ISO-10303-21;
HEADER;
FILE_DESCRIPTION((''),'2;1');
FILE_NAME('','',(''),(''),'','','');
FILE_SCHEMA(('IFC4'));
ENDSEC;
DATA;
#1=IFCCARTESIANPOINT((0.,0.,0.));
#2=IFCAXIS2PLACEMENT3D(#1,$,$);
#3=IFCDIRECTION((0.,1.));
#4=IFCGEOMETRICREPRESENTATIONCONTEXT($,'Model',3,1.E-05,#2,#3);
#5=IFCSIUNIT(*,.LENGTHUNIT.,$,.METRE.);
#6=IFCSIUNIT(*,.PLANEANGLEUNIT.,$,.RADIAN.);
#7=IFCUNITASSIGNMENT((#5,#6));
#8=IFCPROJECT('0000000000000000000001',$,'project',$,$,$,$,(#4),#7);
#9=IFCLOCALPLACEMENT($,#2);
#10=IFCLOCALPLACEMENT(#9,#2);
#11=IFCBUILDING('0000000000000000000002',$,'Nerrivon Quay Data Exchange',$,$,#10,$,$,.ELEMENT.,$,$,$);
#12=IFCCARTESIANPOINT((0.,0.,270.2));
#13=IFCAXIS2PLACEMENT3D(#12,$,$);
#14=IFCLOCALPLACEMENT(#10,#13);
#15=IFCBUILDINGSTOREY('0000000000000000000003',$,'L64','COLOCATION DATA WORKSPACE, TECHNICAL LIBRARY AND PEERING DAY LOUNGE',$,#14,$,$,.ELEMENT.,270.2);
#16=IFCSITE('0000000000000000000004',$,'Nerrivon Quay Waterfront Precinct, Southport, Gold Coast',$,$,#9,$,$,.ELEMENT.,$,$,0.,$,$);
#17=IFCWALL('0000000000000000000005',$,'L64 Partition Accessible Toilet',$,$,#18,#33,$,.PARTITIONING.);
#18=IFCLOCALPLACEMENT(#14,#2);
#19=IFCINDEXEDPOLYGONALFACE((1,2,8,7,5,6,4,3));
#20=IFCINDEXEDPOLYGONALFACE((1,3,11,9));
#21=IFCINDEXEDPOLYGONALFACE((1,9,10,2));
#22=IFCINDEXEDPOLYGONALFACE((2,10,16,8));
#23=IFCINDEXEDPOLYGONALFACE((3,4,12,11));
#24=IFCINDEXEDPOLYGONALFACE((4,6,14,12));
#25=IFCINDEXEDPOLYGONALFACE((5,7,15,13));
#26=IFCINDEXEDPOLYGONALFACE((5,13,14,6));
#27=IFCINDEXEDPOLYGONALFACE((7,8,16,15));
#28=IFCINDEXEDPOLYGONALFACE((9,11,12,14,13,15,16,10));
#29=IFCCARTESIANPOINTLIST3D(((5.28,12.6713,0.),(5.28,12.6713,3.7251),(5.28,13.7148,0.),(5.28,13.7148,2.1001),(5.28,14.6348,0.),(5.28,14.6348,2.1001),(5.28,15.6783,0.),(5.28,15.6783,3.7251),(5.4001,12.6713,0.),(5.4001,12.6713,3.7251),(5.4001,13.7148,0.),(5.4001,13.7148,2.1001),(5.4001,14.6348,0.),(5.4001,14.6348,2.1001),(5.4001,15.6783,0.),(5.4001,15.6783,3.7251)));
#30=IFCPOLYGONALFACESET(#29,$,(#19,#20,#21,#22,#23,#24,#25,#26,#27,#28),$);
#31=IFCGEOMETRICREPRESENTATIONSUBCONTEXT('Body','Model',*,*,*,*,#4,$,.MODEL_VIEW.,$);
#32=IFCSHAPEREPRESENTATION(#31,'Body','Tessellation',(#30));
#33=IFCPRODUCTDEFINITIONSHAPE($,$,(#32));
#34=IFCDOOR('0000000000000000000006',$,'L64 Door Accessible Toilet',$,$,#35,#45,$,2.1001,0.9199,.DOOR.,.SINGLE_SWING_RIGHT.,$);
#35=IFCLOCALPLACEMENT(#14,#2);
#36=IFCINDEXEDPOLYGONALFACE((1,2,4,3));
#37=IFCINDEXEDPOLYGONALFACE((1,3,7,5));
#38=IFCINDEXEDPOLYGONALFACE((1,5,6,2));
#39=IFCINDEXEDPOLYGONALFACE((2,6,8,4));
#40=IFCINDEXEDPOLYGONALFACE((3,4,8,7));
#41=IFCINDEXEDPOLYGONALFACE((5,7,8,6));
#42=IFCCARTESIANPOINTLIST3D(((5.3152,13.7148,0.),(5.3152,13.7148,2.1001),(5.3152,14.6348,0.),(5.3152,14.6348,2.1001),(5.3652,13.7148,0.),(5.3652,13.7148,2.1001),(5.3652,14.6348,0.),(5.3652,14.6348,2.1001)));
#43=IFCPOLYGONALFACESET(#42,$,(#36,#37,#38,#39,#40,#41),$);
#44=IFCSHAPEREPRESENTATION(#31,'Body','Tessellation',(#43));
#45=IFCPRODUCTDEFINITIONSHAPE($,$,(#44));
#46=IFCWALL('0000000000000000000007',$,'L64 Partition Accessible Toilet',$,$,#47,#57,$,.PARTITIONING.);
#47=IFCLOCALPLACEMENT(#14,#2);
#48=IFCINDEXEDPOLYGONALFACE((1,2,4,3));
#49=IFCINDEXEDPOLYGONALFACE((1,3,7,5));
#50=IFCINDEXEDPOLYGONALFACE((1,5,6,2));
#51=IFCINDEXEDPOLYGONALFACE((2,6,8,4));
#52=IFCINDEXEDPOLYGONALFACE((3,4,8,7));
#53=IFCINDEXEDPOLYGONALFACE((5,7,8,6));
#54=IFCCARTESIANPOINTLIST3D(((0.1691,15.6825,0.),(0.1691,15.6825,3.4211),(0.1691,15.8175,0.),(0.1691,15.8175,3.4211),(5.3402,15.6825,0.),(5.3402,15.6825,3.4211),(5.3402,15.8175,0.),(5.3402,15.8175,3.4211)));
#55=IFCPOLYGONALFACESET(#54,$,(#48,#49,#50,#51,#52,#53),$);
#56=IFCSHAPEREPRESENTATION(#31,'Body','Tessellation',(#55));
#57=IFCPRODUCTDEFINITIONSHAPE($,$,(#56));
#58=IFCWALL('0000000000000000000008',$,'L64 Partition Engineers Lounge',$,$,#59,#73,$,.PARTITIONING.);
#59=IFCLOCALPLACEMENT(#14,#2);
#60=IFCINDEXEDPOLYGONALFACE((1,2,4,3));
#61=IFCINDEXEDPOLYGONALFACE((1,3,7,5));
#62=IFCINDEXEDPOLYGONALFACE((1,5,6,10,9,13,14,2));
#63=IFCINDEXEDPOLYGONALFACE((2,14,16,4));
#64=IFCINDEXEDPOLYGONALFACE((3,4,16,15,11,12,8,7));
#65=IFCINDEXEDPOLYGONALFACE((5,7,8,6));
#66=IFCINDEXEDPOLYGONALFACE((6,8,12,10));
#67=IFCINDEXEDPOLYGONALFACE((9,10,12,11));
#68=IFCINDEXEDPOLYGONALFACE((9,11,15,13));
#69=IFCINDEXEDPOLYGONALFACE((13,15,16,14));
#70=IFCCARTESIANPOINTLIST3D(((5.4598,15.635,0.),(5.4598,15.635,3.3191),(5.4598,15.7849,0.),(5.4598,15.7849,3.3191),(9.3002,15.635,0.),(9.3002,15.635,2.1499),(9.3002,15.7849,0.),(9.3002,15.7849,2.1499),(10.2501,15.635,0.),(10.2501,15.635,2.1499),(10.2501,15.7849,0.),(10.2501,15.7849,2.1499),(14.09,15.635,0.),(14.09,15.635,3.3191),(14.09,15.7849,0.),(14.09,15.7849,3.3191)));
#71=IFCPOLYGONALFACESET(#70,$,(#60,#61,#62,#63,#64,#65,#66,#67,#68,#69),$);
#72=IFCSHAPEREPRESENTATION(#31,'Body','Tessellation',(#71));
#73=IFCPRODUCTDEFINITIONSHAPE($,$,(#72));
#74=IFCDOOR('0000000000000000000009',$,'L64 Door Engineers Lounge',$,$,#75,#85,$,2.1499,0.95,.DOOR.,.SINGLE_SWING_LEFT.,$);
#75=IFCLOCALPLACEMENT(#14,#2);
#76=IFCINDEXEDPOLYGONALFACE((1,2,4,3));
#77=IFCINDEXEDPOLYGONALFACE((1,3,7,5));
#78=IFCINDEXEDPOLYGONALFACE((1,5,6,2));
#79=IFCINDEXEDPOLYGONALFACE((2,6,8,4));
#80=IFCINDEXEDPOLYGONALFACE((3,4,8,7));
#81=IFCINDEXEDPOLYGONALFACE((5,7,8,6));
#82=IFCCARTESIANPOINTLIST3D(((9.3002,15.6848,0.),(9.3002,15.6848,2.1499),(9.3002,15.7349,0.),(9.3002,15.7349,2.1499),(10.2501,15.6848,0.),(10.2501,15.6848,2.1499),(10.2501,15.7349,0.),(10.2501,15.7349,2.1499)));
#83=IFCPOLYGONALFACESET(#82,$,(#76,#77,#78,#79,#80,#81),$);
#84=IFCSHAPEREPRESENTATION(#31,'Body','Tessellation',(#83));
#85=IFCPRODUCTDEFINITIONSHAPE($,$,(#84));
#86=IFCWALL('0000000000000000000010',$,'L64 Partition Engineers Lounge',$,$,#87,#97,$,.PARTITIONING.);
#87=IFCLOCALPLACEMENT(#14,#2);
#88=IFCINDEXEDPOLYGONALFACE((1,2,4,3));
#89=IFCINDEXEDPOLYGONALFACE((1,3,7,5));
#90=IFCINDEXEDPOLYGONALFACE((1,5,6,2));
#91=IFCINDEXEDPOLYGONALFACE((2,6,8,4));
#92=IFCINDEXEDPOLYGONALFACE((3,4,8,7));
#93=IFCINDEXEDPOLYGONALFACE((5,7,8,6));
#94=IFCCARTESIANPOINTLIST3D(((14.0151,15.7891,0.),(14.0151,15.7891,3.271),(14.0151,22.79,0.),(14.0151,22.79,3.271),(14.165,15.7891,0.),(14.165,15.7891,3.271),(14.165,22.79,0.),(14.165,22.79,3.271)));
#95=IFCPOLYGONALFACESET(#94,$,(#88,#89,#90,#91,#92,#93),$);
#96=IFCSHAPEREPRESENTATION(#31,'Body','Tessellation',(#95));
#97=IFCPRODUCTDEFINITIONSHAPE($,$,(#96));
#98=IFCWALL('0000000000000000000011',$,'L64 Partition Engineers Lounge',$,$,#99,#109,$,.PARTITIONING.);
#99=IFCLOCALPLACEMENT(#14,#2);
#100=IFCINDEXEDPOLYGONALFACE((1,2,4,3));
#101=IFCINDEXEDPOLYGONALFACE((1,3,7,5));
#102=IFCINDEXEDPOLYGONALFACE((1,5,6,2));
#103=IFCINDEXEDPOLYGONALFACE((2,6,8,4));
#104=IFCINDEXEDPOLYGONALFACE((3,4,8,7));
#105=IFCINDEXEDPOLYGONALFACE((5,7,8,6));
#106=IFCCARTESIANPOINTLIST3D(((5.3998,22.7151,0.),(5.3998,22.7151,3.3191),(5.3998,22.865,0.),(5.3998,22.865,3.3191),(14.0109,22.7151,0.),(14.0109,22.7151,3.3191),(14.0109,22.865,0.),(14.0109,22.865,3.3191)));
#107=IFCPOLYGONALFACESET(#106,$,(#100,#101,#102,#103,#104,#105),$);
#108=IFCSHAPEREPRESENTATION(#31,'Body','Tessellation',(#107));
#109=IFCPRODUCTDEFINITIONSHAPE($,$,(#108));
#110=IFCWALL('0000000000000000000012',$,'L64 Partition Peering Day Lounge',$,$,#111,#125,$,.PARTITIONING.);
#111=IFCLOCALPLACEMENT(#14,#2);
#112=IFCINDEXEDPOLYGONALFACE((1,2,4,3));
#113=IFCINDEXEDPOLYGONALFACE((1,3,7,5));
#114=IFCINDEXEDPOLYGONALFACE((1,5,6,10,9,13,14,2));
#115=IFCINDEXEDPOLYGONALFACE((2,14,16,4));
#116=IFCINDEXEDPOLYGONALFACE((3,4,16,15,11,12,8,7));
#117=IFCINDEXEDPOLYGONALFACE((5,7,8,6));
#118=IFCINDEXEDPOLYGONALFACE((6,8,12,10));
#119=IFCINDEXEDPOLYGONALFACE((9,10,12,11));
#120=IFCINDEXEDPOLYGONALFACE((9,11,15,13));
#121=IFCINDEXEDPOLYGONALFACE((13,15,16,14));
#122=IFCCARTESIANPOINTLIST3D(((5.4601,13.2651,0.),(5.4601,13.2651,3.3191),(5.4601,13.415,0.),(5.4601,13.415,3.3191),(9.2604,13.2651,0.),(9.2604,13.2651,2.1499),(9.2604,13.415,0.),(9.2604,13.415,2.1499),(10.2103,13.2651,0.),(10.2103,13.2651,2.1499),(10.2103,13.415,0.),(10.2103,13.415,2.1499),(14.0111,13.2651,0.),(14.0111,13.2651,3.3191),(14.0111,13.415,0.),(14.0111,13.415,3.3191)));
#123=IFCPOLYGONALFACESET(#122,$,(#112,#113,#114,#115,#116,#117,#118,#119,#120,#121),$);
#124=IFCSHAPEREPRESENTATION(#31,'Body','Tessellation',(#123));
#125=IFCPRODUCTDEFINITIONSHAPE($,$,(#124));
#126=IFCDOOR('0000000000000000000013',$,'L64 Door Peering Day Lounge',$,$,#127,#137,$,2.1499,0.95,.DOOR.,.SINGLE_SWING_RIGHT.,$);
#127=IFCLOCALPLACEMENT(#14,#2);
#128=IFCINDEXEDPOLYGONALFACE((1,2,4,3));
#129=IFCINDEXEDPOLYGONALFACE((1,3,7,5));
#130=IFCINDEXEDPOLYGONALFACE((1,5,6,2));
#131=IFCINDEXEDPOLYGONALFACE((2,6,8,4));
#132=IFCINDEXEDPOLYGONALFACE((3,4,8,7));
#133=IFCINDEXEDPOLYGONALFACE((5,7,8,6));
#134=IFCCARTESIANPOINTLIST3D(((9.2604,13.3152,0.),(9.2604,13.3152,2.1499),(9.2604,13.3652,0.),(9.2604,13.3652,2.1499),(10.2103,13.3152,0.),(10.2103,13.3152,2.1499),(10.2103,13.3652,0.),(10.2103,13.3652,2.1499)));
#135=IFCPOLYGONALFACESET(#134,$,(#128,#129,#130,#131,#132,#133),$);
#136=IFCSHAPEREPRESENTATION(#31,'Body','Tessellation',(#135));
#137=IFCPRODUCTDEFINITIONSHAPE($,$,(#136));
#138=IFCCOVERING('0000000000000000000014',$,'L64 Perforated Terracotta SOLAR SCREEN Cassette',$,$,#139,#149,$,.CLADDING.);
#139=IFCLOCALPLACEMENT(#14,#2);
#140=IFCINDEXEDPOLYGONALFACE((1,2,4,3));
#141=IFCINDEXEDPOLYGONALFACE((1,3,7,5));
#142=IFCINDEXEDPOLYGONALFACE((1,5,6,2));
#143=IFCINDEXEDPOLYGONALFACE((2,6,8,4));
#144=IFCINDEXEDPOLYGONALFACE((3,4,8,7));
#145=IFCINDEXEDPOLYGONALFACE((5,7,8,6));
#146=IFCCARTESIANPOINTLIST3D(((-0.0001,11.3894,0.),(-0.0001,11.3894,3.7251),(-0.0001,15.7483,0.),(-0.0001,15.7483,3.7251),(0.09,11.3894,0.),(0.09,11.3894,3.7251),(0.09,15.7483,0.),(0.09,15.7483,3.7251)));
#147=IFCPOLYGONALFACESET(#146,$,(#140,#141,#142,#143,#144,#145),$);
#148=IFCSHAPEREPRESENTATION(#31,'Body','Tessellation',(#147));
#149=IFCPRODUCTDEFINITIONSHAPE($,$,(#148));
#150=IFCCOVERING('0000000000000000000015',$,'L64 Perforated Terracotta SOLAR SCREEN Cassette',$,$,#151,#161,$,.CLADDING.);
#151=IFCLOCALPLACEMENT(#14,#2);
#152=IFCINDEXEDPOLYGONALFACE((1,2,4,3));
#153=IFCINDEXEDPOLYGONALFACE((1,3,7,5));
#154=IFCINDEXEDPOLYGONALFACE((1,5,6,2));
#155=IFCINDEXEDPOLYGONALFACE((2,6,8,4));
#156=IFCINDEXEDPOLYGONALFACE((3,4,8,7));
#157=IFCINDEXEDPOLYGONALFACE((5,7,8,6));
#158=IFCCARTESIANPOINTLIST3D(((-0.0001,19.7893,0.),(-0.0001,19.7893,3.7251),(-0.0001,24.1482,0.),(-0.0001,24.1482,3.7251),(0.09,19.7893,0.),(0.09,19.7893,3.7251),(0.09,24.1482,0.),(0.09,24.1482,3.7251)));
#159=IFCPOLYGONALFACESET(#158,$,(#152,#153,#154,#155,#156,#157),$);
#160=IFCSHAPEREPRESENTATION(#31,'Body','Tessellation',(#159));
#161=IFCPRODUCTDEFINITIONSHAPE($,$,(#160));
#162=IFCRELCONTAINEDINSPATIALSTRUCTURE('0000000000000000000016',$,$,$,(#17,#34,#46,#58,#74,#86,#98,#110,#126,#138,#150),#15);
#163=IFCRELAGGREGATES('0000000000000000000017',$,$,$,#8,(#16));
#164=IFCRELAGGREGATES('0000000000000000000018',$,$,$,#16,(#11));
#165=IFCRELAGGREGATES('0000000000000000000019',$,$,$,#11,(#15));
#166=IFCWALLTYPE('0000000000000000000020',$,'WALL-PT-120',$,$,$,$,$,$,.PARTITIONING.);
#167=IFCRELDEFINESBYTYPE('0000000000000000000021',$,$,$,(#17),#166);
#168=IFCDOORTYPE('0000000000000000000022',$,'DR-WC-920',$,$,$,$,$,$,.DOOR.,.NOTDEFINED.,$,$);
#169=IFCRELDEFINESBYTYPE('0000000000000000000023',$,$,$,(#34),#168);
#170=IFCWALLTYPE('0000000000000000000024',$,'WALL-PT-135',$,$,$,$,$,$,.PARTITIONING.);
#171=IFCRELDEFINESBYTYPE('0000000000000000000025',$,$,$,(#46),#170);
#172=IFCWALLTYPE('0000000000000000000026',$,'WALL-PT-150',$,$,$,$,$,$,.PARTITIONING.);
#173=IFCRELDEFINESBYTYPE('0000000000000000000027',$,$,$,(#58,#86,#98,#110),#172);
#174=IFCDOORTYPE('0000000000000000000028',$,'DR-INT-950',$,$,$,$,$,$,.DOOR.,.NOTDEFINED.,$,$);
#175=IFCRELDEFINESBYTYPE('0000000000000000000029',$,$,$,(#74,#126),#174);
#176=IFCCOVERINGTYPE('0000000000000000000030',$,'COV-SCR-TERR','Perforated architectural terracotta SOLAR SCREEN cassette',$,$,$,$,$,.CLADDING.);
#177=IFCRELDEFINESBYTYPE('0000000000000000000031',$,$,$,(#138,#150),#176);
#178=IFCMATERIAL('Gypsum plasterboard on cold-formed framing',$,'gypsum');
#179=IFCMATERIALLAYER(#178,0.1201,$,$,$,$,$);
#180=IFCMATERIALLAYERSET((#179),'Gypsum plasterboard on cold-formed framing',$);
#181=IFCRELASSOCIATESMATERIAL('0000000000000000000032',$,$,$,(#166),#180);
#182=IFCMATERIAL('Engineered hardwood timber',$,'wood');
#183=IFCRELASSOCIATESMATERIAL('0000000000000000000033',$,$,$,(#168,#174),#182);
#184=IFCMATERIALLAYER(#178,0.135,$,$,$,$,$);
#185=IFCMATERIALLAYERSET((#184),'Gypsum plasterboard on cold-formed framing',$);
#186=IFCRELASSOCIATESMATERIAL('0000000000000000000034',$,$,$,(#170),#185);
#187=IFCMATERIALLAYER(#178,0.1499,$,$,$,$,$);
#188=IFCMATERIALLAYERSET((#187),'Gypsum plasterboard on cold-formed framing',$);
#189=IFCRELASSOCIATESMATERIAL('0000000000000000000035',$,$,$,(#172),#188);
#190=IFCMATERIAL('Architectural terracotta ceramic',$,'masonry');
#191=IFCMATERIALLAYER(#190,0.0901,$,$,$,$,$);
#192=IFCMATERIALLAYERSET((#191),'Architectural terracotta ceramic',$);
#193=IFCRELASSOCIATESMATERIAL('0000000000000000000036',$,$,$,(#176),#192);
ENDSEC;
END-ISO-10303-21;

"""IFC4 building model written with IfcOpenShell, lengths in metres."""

from ifc_helpers import new_model, si_unit, direction, frame, frame_2d, origin, origin_2d, place, context, subcontext, project, spatial, rectangle, extrude, material, layer, layer_set, type_object, element, fill, save


model = new_model("IFC4")

# Units and contexts
model_context = context("Model", 3, precision=1e-05, world=origin(), true_north=direction((0.0, 1.0)))
body_context = subcontext(model_context, "Body", "Model", "MODEL_VIEW")
ifc_project = project(units=[si_unit("LENGTHUNIT", "METRE"), si_unit("PLANEANGLEUNIT", "RADIAN")], contexts=[model_context])

# Site, building, storey
site_placement = place(None, origin())
site = spatial("IfcSite", under=ifc_project, at=site_placement, Name="Nerrivon Quay Waterfront Precinct, Southport, Gold Coast", CompositionType="ELEMENT", RefElevation=0.0)
building_placement = place(site_placement, origin())
building = spatial("IfcBuilding", under=site, at=building_placement, Name="Nerrivon Quay Data Exchange", CompositionType="ELEMENT")
storey_placement = place(building_placement, frame((0.0, 0.0, 270.2)))
storey = spatial("IfcBuildingStorey", under=building, at=storey_placement, Name="L64", Description="COLOCATION DATA WORKSPACE, TECHNICAL LIBRARY AND PEERING DAY LOUNGE", CompositionType="ELEMENT", Elevation=270.2)

# Wall, opening, door
ifc_material_1 = material(Name="Gypsum plasterboard on cold-formed framing", Category="gypsum")
ifc_layer_1 = layer(ifc_material_1, 0.1201)
ifc_layer_set_1 = layer_set([ifc_layer_1], Name="Gypsum plasterboard on cold-formed framing")
wall_type_1 = type_object("IfcWallType", Name="WALL-PT-120", PredefinedType="PARTITIONING", material=ifc_layer_set_1)
wall_1_placement = place(storey_placement, frame((5.3401, 12.6714, 0.0), z_axis=(0.0, 0.0, 1.0), x_axis=(0.0, 1.0, 0.0)))
wall_1 = element("IfcWall", 1, at=wall_1_placement, inside=storey, type_object=wall_type_1, Name="L64 Partition Accessible Toilet", PredefinedType="PARTITIONING", context=body_context, shape_type="SweptSolid", body=[
    extrude(rectangle(XDim=3.0071, YDim=0.1201, at=frame_2d((1.5034, 0.0))), origin(), (0.0, 0.0, 1.0), 3.7251),
])
opening_1_placement = place(wall_1_placement, frame((1.0435, 0.0, 0.0)))
opening_1 = element("IfcOpeningElement", 2, at=opening_1_placement, cuts=wall_1, PredefinedType="OPENING", context=body_context, shape_type="SweptSolid", body=[
    extrude(rectangle(XDim=0.9199, YDim=2.1001, at=frame_2d((0.46, 1.05))), frame((0.0, 0.0701, 0.0), z_axis=(0.0, -1.0, 0.0), x_axis=(1.0, 0.0, 0.0)), (0.0, 0.0, 1.0), 0.1401),
])
ifc_material_2 = material(Name="Engineered hardwood timber", Category="wood")
door_type_1 = type_object("IfcDoorType", Name="DR-WC-920", OperationType="NOTDEFINED", PredefinedType="DOOR", material=ifc_material_2)
door_1_placement = place(opening_1_placement, origin())
door_1 = element("IfcDoor", 3, at=door_1_placement, inside=storey, type_object=door_type_1, Name="L64 Door Accessible Toilet", OperationType="SINGLE_SWING_RIGHT", OverallHeight=2.1001, OverallWidth=0.9199, PredefinedType="DOOR", context=body_context, shape_type="SweptSolid", body=[
    extrude(rectangle(XDim=0.9199, YDim=2.1001, at=frame_2d((0.46, 1.05))), frame((0.0, 0.0249, 0.0), z_axis=(0.0, -1.0, 0.0), x_axis=(1.0, 0.0, 0.0)), (0.0, 0.0, 1.0), 0.05),
])
fill(opening_1, door_1)

# Wall
ifc_layer_2 = layer(ifc_material_1, 0.135)
ifc_layer_set_2 = layer_set([ifc_layer_2], Name="Gypsum plasterboard on cold-formed framing")
wall_type_2 = type_object("IfcWallType", Name="WALL-PT-135", PredefinedType="PARTITIONING", material=ifc_layer_set_2)
wall_2_placement = place(storey_placement, frame((5.3401, 15.75, 0.0), z_axis=(0.0, 0.0, 1.0), x_axis=(-1.0, 0.0, 0.0)))
element("IfcWall", 4, at=wall_2_placement, inside=storey, type_object=wall_type_2, Name="L64 Partition Accessible Toilet", PredefinedType="PARTITIONING", context=body_context, shape_type="SweptSolid", body=[
    extrude(rectangle(XDim=5.1711, YDim=0.135, at=frame_2d((2.5854, 0.0))), origin(), (0.0, 0.0, 1.0), 3.4211),
])

# Wall, opening, door
ifc_layer_3 = layer(ifc_material_1, 0.1499)
ifc_layer_set_3 = layer_set([ifc_layer_3], Name="Gypsum plasterboard on cold-formed framing")
wall_type_3 = type_object("IfcWallType", Name="WALL-PT-150", PredefinedType="PARTITIONING", material=ifc_layer_set_3)
wall_3_placement = place(storey_placement, frame((5.46, 15.71, 0.0), z_axis=(0.0, 0.0, 1.0), x_axis=(1.0, 0.0, 0.0)))
wall_3 = element("IfcWall", 5, at=wall_3_placement, inside=storey, type_object=wall_type_3, Name="L64 Partition Engineers Lounge", PredefinedType="PARTITIONING", context=body_context, shape_type="SweptSolid", body=[
    extrude(rectangle(XDim=8.6301, YDim=0.1499, at=frame_2d((4.3149, 0.0))), origin(), (0.0, 0.0, 1.0), 3.3191),
])
opening_2_placement = place(wall_3_placement, frame((3.8401, 0.0, 0.0)))
opening_2 = element("IfcOpeningElement", 6, at=opening_2_placement, cuts=wall_3, PredefinedType="OPENING", context=body_context, shape_type="SweptSolid", body=[
    extrude(rectangle(XDim=0.95, YDim=2.1499, at=frame_2d((0.4751, 1.075))), frame((0.0, 0.085, 0.0), z_axis=(0.0, -1.0, 0.0), x_axis=(1.0, 0.0, 0.0)), (0.0, 0.0, 1.0), 0.1699),
])
door_type_2 = type_object("IfcDoorType", Name="DR-INT-950", OperationType="NOTDEFINED", PredefinedType="DOOR", material=ifc_material_2)
door_2_placement = place(opening_2_placement, origin())
door_2 = element("IfcDoor", 7, at=door_2_placement, inside=storey, type_object=door_type_2, Name="L64 Door Engineers Lounge", OperationType="SINGLE_SWING_LEFT", OverallHeight=2.1499, OverallWidth=0.95, PredefinedType="DOOR", context=body_context, shape_type="SweptSolid", body=[
    extrude(rectangle(XDim=0.95, YDim=2.1499, at=frame_2d((0.4751, 1.075))), frame((0.0, 0.0249, 0.0), z_axis=(0.0, -1.0, 0.0), x_axis=(1.0, 0.0, 0.0)), (0.0, 0.0, 1.0), 0.05),
])
fill(opening_2, door_2)

# Walls
wall_4_placement = place(storey_placement, frame((14.0901, 15.7891, 0.0), z_axis=(0.0, 0.0, 1.0), x_axis=(0.0, 1.0, 0.0)))
element("IfcWall", 8, at=wall_4_placement, inside=storey, type_object=wall_type_3, Name="L64 Partition Engineers Lounge", PredefinedType="PARTITIONING", context=body_context, shape_type="SweptSolid", body=[
    extrude(rectangle(XDim=7.001, YDim=0.1499, at=frame_2d((3.5005, 0.0))), origin(), (0.0, 0.0, 1.0), 3.271),
])
wall_5_placement = place(storey_placement, frame((14.011, 22.79, 0.0), z_axis=(0.0, 0.0, 1.0), x_axis=(-1.0, 0.0, 0.0)))
element("IfcWall", 9, at=wall_5_placement, inside=storey, type_object=wall_type_3, Name="L64 Partition Engineers Lounge", PredefinedType="PARTITIONING", context=body_context, shape_type="SweptSolid", body=[
    extrude(rectangle(XDim=8.6111, YDim=0.1499, at=frame_2d((4.3057, 0.0))), origin(), (0.0, 0.0, 1.0), 3.3191),
])

# Wall, opening, door
wall_6_placement = place(storey_placement, frame((14.011, 13.3401, 0.0), z_axis=(0.0, 0.0, 1.0), x_axis=(-1.0, 0.0, 0.0)))
wall_6 = element("IfcWall", 10, at=wall_6_placement, inside=storey, type_object=wall_type_3, Name="L64 Partition Peering Day Lounge", PredefinedType="PARTITIONING", context=body_context, shape_type="SweptSolid", body=[
    extrude(rectangle(XDim=8.551, YDim=0.1499, at=frame_2d((4.2754, 0.0))), origin(), (0.0, 0.0, 1.0), 3.3191),
])
opening_3_placement = place(wall_6_placement, frame((3.8005, 0.0, 0.0)))
opening_3 = element("IfcOpeningElement", 11, at=opening_3_placement, cuts=wall_6, PredefinedType="OPENING", context=body_context, shape_type="SweptSolid", body=[
    extrude(rectangle(XDim=0.95, YDim=2.1499, at=frame_2d((0.4751, 1.075))), frame((0.0, 0.085, 0.0), z_axis=(0.0, -1.0, 0.0), x_axis=(1.0, 0.0, 0.0)), (0.0, 0.0, 1.0), 0.1699),
])
door_3_placement = place(opening_3_placement, origin())
door_3 = element("IfcDoor", 12, at=door_3_placement, inside=storey, type_object=door_type_2, Name="L64 Door Peering Day Lounge", OperationType="SINGLE_SWING_RIGHT", OverallHeight=2.1499, OverallWidth=0.95, PredefinedType="DOOR", context=body_context, shape_type="SweptSolid", body=[
    extrude(rectangle(XDim=0.95, YDim=2.1499, at=frame_2d((0.4751, 1.075))), frame((0.0, 0.0249, 0.0), z_axis=(0.0, -1.0, 0.0), x_axis=(1.0, 0.0, 0.0)), (0.0, 0.0, 1.0), 0.05),
])
fill(opening_3, door_3)

# Coverings
ifc_material_3 = material(Name="Architectural terracotta ceramic", Category="masonry")
ifc_layer_4 = layer(ifc_material_3, 0.0901)
ifc_layer_set_4 = layer_set([ifc_layer_4], Name="Architectural terracotta ceramic")
covering_type = type_object("IfcCoveringType", Name="COV-SCR-TERR", Description="Perforated architectural terracotta SOLAR SCREEN cassette", PredefinedType="CLADDING", material=ifc_layer_set_4)
for number, where, z_axis, x_axis, name in (
    (13, (0.0449, 13.5688, 0.0), (0.0, 0.0, 1.0), (0.0, 1.0, 0.0), "L64 Perforated Terracotta SOLAR SCREEN Cassette"),
    (14, (0.0449, 21.9688, 0.0), (0.0, 0.0, 1.0), (0.0, 1.0, 0.0), "L64 Perforated Terracotta SOLAR SCREEN Cassette"),
):
    element("IfcCovering", number, at=place(storey_placement, frame(where, z_axis=z_axis, x_axis=x_axis)), inside=storey, type_object=covering_type, Name=name, PredefinedType="CLADDING", context=body_context, shape_type="SweptSolid", body=[
        extrude(rectangle(XDim=4.3589, YDim=0.0901, at=origin_2d()), origin(), (0.0, 0.0, 1.0), 3.7251),
    ])

save(model, "model.ifc")
